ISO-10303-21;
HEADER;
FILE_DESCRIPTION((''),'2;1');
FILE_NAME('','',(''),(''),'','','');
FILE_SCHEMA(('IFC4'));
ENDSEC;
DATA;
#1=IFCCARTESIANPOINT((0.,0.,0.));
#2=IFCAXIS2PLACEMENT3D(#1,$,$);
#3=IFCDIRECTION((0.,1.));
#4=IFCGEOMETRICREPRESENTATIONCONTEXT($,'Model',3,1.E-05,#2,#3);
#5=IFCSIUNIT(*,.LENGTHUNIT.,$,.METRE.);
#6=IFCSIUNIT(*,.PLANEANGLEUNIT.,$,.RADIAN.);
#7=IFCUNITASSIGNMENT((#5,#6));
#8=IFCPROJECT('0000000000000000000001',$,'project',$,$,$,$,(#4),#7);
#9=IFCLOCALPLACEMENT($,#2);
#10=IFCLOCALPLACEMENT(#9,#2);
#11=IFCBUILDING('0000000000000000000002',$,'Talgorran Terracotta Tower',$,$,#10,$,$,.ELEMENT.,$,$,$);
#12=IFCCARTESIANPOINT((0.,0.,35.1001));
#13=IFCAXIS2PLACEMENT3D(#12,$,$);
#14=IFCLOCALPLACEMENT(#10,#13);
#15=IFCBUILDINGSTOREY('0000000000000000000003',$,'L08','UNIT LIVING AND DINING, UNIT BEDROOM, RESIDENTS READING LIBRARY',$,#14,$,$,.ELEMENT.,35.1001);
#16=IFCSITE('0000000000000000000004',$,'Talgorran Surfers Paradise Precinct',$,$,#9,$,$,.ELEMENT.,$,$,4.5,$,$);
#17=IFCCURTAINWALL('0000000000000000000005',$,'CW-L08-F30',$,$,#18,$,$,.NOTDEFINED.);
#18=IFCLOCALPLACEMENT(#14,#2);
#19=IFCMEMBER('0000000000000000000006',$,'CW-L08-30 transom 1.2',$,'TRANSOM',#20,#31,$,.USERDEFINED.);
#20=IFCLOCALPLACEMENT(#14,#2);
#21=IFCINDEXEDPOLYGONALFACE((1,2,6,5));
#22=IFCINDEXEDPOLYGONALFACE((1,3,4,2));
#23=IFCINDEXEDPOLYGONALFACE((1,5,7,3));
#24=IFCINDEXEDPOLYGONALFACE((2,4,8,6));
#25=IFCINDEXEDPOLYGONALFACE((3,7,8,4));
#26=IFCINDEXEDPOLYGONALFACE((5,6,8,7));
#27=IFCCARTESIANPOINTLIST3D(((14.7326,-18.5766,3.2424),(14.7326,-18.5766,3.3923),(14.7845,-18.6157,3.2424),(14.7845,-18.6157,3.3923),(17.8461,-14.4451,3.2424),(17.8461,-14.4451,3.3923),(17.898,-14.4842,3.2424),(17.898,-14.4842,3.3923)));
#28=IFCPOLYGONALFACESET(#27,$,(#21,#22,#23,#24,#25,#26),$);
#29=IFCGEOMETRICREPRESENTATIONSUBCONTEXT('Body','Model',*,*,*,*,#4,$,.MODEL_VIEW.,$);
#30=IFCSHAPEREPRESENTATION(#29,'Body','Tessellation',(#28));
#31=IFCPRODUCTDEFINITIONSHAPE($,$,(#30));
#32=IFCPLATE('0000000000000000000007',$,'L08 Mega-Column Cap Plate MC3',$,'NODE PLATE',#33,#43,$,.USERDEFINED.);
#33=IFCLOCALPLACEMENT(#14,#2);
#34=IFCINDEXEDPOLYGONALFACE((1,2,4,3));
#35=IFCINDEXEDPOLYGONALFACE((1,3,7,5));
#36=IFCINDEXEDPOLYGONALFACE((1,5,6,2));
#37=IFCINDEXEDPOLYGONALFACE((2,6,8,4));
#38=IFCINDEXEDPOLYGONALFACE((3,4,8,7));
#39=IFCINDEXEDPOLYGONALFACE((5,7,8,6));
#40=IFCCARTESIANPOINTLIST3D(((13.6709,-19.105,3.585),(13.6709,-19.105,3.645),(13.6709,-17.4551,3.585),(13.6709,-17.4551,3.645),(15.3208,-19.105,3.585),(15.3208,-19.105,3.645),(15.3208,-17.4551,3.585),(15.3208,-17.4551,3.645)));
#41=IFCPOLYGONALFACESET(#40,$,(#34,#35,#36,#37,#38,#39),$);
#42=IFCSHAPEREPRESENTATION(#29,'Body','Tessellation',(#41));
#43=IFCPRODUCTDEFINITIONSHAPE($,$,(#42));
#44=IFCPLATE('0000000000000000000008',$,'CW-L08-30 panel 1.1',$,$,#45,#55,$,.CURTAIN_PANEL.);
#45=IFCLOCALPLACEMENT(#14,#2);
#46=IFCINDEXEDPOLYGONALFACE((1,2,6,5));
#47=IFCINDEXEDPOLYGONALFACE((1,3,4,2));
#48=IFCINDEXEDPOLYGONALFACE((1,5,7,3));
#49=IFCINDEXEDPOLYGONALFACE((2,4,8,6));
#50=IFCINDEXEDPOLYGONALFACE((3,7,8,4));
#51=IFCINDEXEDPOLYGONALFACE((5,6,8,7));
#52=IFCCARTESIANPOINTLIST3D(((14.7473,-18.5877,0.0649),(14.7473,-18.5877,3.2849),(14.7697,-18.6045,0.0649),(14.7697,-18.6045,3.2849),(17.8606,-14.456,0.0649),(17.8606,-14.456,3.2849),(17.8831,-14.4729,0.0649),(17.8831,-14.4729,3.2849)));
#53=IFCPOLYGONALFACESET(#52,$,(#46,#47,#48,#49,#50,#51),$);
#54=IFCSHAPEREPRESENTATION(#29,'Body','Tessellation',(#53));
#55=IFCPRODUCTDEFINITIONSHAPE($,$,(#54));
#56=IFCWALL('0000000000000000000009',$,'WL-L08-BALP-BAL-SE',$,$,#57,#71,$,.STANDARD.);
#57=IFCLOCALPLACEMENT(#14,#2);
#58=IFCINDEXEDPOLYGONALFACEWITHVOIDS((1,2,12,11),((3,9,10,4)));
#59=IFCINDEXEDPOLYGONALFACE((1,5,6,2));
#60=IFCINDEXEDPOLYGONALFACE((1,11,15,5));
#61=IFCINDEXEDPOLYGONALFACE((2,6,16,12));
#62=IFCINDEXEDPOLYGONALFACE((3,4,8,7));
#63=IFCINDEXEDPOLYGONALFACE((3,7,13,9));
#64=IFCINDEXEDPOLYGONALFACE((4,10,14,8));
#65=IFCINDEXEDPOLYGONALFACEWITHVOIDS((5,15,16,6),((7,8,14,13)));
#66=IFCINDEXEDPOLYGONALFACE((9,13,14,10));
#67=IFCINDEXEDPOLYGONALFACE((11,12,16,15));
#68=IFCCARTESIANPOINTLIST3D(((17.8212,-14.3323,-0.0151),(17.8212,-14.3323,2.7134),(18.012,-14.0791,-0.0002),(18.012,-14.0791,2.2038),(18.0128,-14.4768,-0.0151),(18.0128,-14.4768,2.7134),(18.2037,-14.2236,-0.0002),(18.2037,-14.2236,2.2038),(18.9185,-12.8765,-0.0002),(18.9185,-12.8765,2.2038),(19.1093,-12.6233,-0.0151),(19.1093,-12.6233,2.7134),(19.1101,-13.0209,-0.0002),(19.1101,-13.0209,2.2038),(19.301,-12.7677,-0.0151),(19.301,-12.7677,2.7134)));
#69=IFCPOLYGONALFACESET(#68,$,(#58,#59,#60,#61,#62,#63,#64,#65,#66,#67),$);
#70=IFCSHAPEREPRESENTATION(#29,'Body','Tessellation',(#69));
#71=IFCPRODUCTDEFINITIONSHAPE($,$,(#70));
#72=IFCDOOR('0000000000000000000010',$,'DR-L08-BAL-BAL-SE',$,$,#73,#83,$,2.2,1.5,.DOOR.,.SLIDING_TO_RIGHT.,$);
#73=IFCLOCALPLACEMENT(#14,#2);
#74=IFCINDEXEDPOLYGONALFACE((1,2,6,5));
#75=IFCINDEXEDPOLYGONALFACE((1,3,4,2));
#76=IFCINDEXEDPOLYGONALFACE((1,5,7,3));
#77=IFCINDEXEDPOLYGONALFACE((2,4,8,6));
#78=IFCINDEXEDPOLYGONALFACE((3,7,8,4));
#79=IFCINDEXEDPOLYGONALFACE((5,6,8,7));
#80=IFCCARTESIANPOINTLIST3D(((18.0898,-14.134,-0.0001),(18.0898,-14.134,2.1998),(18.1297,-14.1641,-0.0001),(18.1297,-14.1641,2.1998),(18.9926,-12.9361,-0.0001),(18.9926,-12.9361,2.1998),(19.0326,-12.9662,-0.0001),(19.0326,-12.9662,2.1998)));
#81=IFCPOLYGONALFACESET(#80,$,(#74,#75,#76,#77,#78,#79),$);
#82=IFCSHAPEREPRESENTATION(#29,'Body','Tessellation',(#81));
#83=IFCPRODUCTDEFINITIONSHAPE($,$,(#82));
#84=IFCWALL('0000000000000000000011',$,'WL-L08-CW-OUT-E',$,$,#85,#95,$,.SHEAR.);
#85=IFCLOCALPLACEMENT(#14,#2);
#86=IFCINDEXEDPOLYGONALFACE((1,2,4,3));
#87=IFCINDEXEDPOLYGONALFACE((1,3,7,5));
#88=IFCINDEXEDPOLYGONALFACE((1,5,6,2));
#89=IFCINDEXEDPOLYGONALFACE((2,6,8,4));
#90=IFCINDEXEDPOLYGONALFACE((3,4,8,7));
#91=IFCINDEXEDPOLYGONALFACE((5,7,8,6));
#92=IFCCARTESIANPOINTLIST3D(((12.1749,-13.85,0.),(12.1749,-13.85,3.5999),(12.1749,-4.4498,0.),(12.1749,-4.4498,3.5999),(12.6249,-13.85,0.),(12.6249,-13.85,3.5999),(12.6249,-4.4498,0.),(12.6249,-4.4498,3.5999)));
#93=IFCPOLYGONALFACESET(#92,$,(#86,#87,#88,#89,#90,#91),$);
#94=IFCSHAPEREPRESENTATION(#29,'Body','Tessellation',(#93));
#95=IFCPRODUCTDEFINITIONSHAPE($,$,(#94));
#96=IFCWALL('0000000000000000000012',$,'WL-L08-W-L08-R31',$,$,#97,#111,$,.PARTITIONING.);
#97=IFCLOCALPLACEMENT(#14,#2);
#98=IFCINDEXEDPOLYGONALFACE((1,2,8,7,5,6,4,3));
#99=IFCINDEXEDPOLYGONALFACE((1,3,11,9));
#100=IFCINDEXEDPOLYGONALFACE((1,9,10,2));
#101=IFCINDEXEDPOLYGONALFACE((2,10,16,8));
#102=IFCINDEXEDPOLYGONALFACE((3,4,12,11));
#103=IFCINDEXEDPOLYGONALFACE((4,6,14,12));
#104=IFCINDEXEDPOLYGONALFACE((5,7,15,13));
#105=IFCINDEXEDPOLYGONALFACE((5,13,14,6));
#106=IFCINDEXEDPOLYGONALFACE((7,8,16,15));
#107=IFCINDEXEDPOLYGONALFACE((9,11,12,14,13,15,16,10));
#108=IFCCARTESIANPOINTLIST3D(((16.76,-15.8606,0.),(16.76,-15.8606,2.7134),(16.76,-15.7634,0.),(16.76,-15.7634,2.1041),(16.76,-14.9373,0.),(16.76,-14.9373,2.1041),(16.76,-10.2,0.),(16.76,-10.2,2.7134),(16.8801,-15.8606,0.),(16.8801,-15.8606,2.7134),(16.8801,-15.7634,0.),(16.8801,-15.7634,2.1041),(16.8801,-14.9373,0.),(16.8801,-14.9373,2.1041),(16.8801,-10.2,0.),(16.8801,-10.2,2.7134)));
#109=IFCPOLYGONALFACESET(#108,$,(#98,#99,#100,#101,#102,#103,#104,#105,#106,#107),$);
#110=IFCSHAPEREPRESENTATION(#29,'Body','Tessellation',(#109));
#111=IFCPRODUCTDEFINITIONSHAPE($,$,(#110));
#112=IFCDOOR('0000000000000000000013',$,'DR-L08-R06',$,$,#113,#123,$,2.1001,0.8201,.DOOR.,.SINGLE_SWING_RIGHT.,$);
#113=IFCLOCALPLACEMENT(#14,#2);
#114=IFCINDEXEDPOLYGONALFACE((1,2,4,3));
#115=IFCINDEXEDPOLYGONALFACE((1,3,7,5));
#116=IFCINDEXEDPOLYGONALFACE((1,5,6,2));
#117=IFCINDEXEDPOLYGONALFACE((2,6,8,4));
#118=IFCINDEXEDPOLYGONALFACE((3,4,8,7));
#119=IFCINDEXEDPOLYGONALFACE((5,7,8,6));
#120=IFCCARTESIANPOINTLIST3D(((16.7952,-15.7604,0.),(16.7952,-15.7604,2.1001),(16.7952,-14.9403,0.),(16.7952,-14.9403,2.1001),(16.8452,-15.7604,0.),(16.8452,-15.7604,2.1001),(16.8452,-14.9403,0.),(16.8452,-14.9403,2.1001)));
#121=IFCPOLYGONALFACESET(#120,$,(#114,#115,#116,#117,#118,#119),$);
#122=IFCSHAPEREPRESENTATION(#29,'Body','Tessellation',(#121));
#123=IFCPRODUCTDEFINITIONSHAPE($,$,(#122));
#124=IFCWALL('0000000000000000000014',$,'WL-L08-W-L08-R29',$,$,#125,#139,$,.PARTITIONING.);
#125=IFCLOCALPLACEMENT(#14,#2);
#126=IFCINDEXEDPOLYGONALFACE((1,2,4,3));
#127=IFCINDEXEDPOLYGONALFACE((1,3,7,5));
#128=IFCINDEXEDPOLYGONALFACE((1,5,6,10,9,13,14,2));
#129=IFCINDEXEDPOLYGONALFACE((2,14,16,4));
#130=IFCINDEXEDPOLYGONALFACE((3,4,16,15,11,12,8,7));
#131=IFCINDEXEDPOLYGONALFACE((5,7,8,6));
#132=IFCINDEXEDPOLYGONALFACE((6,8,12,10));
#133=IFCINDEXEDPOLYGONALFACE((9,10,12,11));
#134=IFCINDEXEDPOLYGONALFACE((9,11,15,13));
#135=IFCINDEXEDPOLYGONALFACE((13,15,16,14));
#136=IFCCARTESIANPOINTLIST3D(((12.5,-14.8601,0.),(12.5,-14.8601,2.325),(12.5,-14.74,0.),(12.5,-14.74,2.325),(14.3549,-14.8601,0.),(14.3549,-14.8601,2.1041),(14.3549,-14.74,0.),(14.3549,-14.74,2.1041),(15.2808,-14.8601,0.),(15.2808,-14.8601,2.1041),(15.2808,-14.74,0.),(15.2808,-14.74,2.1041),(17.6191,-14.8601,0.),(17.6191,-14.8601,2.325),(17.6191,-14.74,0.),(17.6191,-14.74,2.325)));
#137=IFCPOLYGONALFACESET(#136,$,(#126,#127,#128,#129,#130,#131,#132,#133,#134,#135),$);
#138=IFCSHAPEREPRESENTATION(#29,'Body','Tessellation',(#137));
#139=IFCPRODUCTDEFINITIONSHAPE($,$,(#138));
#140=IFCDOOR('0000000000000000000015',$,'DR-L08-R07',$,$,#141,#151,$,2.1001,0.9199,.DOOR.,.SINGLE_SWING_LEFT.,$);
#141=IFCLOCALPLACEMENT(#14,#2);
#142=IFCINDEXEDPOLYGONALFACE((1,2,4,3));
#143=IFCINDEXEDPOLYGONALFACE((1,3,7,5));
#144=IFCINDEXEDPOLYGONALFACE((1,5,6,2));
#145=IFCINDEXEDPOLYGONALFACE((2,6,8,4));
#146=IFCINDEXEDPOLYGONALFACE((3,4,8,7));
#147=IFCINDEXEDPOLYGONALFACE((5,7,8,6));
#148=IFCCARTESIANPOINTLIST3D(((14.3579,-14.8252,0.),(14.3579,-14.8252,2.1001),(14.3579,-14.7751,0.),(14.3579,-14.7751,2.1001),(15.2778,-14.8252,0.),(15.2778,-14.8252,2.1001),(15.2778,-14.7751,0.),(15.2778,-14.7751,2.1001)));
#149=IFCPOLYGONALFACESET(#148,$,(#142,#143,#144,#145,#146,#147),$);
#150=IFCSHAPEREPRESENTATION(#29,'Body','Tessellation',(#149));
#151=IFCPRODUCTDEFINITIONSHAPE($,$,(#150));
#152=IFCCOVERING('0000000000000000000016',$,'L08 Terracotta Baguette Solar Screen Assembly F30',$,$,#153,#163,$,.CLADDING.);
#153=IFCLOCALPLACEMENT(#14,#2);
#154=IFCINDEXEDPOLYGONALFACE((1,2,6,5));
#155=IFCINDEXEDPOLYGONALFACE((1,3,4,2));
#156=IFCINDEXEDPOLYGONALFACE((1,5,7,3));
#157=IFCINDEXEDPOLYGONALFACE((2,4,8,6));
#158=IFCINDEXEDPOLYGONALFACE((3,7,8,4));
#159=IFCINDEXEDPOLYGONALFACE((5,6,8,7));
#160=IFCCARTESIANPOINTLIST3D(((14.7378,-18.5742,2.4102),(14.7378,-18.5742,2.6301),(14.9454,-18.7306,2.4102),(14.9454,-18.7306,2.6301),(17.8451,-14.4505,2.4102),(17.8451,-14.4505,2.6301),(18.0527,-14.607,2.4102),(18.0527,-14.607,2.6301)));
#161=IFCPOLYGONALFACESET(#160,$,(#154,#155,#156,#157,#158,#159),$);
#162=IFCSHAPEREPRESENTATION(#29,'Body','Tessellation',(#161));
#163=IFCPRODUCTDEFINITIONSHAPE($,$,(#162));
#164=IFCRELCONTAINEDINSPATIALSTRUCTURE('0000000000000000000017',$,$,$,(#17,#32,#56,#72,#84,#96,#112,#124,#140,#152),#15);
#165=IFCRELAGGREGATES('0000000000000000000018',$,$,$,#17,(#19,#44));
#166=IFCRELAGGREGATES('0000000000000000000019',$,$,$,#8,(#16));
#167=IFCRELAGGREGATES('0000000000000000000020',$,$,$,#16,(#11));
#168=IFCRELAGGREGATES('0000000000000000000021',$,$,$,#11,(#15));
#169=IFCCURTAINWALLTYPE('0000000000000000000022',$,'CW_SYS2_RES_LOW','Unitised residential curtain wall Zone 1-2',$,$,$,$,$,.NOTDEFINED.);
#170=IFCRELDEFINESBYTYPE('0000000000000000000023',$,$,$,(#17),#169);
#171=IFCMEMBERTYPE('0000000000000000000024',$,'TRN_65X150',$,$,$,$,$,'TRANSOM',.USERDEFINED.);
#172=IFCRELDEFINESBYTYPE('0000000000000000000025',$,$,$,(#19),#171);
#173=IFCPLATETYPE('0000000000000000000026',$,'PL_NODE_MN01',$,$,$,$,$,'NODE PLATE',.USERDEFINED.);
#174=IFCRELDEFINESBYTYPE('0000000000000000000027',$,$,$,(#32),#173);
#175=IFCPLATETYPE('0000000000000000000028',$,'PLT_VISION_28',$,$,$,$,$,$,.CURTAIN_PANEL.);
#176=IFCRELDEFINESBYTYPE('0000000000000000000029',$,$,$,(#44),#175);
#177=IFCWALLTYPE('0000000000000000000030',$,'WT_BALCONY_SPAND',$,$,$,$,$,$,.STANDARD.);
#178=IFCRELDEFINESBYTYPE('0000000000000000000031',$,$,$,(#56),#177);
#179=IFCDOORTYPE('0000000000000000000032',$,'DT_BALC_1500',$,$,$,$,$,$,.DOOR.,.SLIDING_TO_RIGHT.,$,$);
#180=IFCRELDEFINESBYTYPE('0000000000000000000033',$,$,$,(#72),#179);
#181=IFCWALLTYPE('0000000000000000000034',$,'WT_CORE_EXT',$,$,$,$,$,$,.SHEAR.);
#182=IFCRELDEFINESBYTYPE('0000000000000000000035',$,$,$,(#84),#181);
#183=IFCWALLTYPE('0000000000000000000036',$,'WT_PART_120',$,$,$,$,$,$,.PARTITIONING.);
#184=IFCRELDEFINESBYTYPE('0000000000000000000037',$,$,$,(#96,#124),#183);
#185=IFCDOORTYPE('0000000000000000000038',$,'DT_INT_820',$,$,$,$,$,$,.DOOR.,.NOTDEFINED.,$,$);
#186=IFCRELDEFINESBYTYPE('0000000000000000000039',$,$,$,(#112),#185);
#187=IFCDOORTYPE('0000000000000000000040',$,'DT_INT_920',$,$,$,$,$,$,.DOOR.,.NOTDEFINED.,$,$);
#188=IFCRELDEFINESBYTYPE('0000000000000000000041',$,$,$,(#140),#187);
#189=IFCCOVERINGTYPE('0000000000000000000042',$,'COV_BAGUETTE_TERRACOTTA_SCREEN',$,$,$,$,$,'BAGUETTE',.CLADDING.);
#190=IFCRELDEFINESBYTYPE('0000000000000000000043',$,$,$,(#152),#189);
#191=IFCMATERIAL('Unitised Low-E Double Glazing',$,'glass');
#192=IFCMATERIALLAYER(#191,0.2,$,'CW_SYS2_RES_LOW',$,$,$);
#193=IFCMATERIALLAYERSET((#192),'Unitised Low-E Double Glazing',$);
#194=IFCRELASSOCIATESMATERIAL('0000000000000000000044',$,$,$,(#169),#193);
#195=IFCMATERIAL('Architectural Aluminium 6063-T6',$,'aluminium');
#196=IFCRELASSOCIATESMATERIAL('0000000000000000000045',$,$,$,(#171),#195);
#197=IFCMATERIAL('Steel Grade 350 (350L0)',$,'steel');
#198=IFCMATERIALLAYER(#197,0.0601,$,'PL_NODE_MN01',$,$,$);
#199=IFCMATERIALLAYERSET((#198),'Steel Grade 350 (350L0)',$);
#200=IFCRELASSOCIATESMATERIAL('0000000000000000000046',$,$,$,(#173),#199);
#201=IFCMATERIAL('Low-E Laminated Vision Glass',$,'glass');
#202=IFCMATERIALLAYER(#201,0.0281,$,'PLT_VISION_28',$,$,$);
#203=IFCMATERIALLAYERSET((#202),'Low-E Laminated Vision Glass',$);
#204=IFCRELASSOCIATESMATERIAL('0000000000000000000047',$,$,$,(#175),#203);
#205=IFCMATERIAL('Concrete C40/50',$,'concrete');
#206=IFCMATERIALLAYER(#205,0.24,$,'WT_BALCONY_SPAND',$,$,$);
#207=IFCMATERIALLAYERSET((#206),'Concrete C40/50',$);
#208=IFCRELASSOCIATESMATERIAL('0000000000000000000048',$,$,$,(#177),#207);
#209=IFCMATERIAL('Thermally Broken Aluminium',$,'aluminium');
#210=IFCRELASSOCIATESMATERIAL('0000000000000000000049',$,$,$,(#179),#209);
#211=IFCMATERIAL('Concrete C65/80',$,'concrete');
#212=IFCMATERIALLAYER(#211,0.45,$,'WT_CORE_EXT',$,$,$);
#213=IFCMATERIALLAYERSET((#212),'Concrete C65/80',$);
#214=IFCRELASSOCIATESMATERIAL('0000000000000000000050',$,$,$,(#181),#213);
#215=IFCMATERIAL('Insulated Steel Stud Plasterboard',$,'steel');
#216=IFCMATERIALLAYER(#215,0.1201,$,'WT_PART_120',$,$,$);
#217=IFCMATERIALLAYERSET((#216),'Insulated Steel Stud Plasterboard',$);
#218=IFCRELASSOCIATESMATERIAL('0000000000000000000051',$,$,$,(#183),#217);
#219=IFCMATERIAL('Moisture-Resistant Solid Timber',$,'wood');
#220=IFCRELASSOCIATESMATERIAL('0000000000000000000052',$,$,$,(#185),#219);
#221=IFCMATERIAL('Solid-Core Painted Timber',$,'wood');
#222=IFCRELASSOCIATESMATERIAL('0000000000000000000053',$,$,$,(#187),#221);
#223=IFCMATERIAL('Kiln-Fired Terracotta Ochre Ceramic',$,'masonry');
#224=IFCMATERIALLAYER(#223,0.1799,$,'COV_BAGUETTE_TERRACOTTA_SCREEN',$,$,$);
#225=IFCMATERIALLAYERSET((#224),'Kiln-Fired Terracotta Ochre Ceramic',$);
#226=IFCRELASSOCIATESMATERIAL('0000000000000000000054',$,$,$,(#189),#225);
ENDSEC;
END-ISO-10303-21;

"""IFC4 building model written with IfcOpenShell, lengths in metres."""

from ifc_helpers import new_model, si_unit, direction, frame, frame_2d, origin, origin_2d, place, context, subcontext, project, spatial, rectangle, extrude, source, transform, mapped, material, layer, layer_set, material_profile, profile_set, type_object, type_shapes, element, fill, aggregate, save


model = new_model("IFC4")

# Units and contexts
model_context = context("Model", 3, precision=1e-05, world=origin(), true_north=direction((0.0, 1.0)))
body_context = subcontext(model_context, "Body", "Model", "MODEL_VIEW")
ifc_project = project(units=[si_unit("LENGTHUNIT", "METRE"), si_unit("PLANEANGLEUNIT", "RADIAN")], contexts=[model_context])

# Site, building, storey
site_placement = place(None, origin())
site = spatial("IfcSite", under=ifc_project, at=site_placement, Name="Talgorran Surfers Paradise Precinct", CompositionType="ELEMENT", RefElevation=4.5)
building_placement = place(site_placement, origin())
building = spatial("IfcBuilding", under=site, at=building_placement, Name="Talgorran Terracotta Tower", CompositionType="ELEMENT")
storey_placement = place(building_placement, frame((0.0, 0.0, 35.1001)))
storey = spatial("IfcBuildingStorey", under=building, at=storey_placement, Name="L08", Description="UNIT LIVING AND DINING, UNIT BEDROOM, RESIDENTS READING LIBRARY", CompositionType="ELEMENT", Elevation=35.1001)

# Shared definitions
ifc_material_1 = material(Name="Steel Grade 350 (350L0)", Category="steel")

# Shared definitions
ifc_material_2 = material(Name="Unitised Low-E Double Glazing", Category="glass")
ifc_layer_1 = layer(ifc_material_2, 0.2, Name="CW_SYS2_RES_LOW")
ifc_layer_set_1 = layer_set([ifc_layer_1], Name="Unitised Low-E Double Glazing")
curtain_wall_type = type_object("IfcCurtainWallType", Name="CW_SYS2_RES_LOW", Description="Unitised residential curtain wall Zone 1-2", PredefinedType="NOTDEFINED", material=ifc_layer_set_1)
ifc_material_3 = material(Name="Architectural Aluminium 6063-T6", Category="aluminium")

# Curtain wall, member
curtain_wall_1_placement = place(storey_placement, origin())
curtain_wall_1 = element("IfcCurtainWall", 1, at=curtain_wall_1_placement, inside=storey, type_object=curtain_wall_type, Name="CW-L08-F30", PredefinedType="NOTDEFINED")
ifc_material_profile_1 = material_profile(ifc_material_3, rectangle(XDim=0.0649, YDim=0.1499, at=origin_2d()), Name="CWT65X150")
ifc_profile_set_1 = profile_set([ifc_material_profile_1], Name="Architectural Aluminium 6063-T6")
member_type_1 = type_object("IfcMemberType", Name="TRN_65X150", ElementType="TRANSOM", PredefinedType="USERDEFINED", material=ifc_profile_set_1)
member_1_placement = place(storey_placement, frame((14.7585, -18.5962, 3.3174), z_axis=(0.601833, 0.798622, 0.0), x_axis=(-0.798622, 0.601833, 0.0)))
member_1 = element("IfcMember", 2, at=member_1_placement, type_object=member_type_1, Name="CW-L08-30 transom 1.2", ObjectType="TRANSOM", PredefinedType="USERDEFINED", context=body_context, shape_type="SweptSolid", body=[
    extrude(rectangle(XDim=0.0649, YDim=0.1499, at=origin_2d()), origin(), (0.0, 0.0, 1.0), 5.1733),
])

# Plates
ifc_layer_2 = layer(ifc_material_1, 0.0601, Name="PL_NODE_MN01")
ifc_layer_set_2 = layer_set([ifc_layer_2], Name="Steel Grade 350 (350L0)")
plate_type_1 = type_object("IfcPlateType", Name="PL_NODE_MN01", ElementType="NODE PLATE", PredefinedType="USERDEFINED", material=ifc_layer_set_2)
plate_1_placement = place(storey_placement, frame((14.4958, -18.28, 3.585), z_axis=(0.0, 0.0, 1.0), x_axis=(1.0, 0.0, 0.0)))
element("IfcPlate", 3, at=plate_1_placement, inside=storey, type_object=plate_type_1, Name="L08 Mega-Column Cap Plate MC3", ObjectType="NODE PLATE", PredefinedType="USERDEFINED", context=body_context, shape_type="SweptSolid", body=[
    extrude(rectangle(XDim=1.6499, YDim=1.6499, at=origin_2d()), origin(), (0.0, 0.0, 1.0), 0.0601),
])
ifc_material_4 = material(Name="Low-E Laminated Vision Glass", Category="glass")
ifc_layer_3 = layer(ifc_material_4, 0.0281, Name="PLT_VISION_28")
ifc_layer_set_3 = layer_set([ifc_layer_3], Name="Low-E Laminated Vision Glass")
plate_type_2 = type_object("IfcPlateType", Name="PLT_VISION_28", PredefinedType="CURTAIN_PANEL", material=ifc_layer_set_3)
shared_shape = source(origin(), body_context, "Body", "SweptSolid", [
    extrude(rectangle(XDim=5.1733, YDim=0.0281, at=origin_2d()), origin(), (0.0, 0.0, 1.0), 3.22),
])
type_shapes(plate_type_2, [shared_shape])
plate_2_placement = place(storey_placement, frame((16.3152, -16.5303, 0.0649), z_axis=(0.0, 0.0, 1.0), x_axis=(0.601806, 0.798643, 0.0)))
plate_2 = element("IfcPlate", 4, at=plate_2_placement, type_object=plate_type_2, Name="CW-L08-30 panel 1.1", PredefinedType="CURTAIN_PANEL", context=body_context, shape_type="MappedRepresentation", body=[
    mapped(shared_shape, transform((0.0, 0.0, 0.0), scale=1.0)),
])
aggregate(curtain_wall_1, [member_1, plate_2])

# Wall, opening, door
ifc_material_5 = material(Name="Concrete C40/50", Category="concrete")
ifc_layer_4 = layer(ifc_material_5, 0.24, Name="WT_BALCONY_SPAND")
ifc_layer_set_4 = layer_set([ifc_layer_4], Name="Concrete C40/50")
wall_type_1 = type_object("IfcWallType", Name="WT_BALCONY_SPAND", PredefinedType="STANDARD", material=ifc_layer_set_4)
wall_1_placement = place(storey_placement, frame((17.917, -14.4045, -0.0151), z_axis=(0.0, 0.0, 1.0), x_axis=(0.601897, 0.798574, 0.0)))
wall_1 = element("IfcWall", 5, at=wall_1_placement, inside=storey, type_object=wall_type_1, Name="WL-L08-BALP-BAL-SE", PredefinedType="STANDARD", context=body_context, shape_type="SweptSolid", body=[
    extrude(rectangle(XDim=2.1401, YDim=0.24, at=frame_2d((1.0701, 0.0))), origin(), (0.0, 0.0, 1.0), 2.7285),
])
opening_1_placement = place(wall_1_placement, frame((0.3201, 0.0, 0.0149)))
opening_1 = element("IfcOpeningElement", 6, at=opening_1_placement, cuts=wall_1, PredefinedType="OPENING", context=body_context, shape_type="SweptSolid", body=[
    extrude(rectangle(XDim=1.506, YDim=2.204, at=frame_2d((0.75, 1.1021))), frame((0.0, 0.1299, 0.0), z_axis=(0.0, -1.0, 0.0), x_axis=(1.0, 0.0, 0.0)), (0.0, 0.0, 1.0), 0.26),
])
ifc_material_6 = material(Name="Thermally Broken Aluminium", Category="aluminium")
door_type_1 = type_object("IfcDoorType", Name="DT_BALC_1500", OperationType="SLIDING_TO_RIGHT", PredefinedType="DOOR", material=ifc_material_6)
door_1_placement = place(opening_1_placement, origin())
door_1 = element("IfcDoor", 7, at=door_1_placement, inside=storey, type_object=door_type_1, Name="DR-L08-BAL-BAL-SE", OperationType="SLIDING_TO_RIGHT", OverallHeight=2.2, OverallWidth=1.5, PredefinedType="DOOR", context=body_context, shape_type="SweptSolid", body=[
    extrude(rectangle(XDim=1.5, YDim=2.2, at=frame_2d((0.75, 1.1001))), frame((0.0, 0.0249, 0.0), z_axis=(0.0, -1.0, 0.0), x_axis=(1.0, 0.0, 0.0)), (0.0, 0.0, 1.0), 0.05),
])
fill(opening_1, door_1)

# Wall
ifc_material_7 = material(Name="Concrete C65/80", Category="concrete")
ifc_layer_5 = layer(ifc_material_7, 0.45, Name="WT_CORE_EXT")
ifc_layer_set_5 = layer_set([ifc_layer_5], Name="Concrete C65/80")
wall_type_2 = type_object("IfcWallType", Name="WT_CORE_EXT", PredefinedType="SHEAR", material=ifc_layer_set_5)
wall_2_placement = place(storey_placement, frame((12.3999, -13.8501, 0.0), z_axis=(0.0, 0.0, 1.0), x_axis=(0.0, 1.0, 0.0)))
element("IfcWall", 8, at=wall_2_placement, inside=storey, type_object=wall_type_2, Name="WL-L08-CW-OUT-E", PredefinedType="SHEAR", context=body_context, shape_type="SweptSolid", body=[
    extrude(rectangle(XDim=9.4001, YDim=0.45, at=frame_2d((4.7002, 0.0))), origin(), (0.0, 0.0, 1.0), 3.5999),
])

# Walls, openings, doors
ifc_material_8 = material(Name="Insulated Steel Stud Plasterboard", Category="steel")
ifc_layer_6 = layer(ifc_material_8, 0.1201, Name="WT_PART_120")
ifc_layer_set_6 = layer_set([ifc_layer_6], Name="Insulated Steel Stud Plasterboard")
wall_type_3 = type_object("IfcWallType", Name="WT_PART_120", PredefinedType="PARTITIONING", material=ifc_layer_set_6)
wall_3_placement = place(storey_placement, frame((16.8201, -15.8606, 0.0), z_axis=(0.0, 0.0, 1.0), x_axis=(0.0, 1.0, 0.0)))
wall_3 = element("IfcWall", 9, at=wall_3_placement, inside=storey, type_object=wall_type_3, Name="WL-L08-W-L08-R31", PredefinedType="PARTITIONING", context=body_context, shape_type="SweptSolid", body=[
    extrude(rectangle(XDim=5.6606, YDim=0.1201, at=frame_2d((2.8303, 0.0))), origin(), (0.0, 0.0, 1.0), 2.7134),
])
opening_2_placement = place(wall_3_placement, frame((0.1001, 0.0, 0.0)))
opening_2 = element("IfcOpeningElement", 10, at=opening_2_placement, cuts=wall_3, PredefinedType="OPENING", context=body_context, shape_type="SweptSolid", body=[
    extrude(rectangle(XDim=0.8261, YDim=2.1041, at=frame_2d((0.4102, 1.052))), frame((0.0, 0.0701, 0.0), z_axis=(0.0, -1.0, 0.0), x_axis=(1.0, 0.0, 0.0)), (0.0, 0.0, 1.0), 0.1401),
])
ifc_material_9 = material(Name="Moisture-Resistant Solid Timber", Category="wood")
door_type_2 = type_object("IfcDoorType", Name="DT_INT_820", OperationType="NOTDEFINED", PredefinedType="DOOR", material=ifc_material_9)
door_2_placement = place(opening_2_placement, origin())
door_2 = element("IfcDoor", 11, at=door_2_placement, inside=storey, type_object=door_type_2, Name="DR-L08-R06", OperationType="SINGLE_SWING_RIGHT", OverallHeight=2.1001, OverallWidth=0.8201, PredefinedType="DOOR", context=body_context, shape_type="SweptSolid", body=[
    extrude(rectangle(XDim=0.8201, YDim=2.1001, at=frame_2d((0.4102, 1.05))), frame((0.0, 0.0249, 0.0), z_axis=(0.0, -1.0, 0.0), x_axis=(1.0, 0.0, 0.0)), (0.0, 0.0, 1.0), 0.05),
])
fill(opening_2, door_2)
wall_4_placement = place(storey_placement, frame((12.5, -14.8, 0.0), z_axis=(0.0, 0.0, 1.0), x_axis=(1.0, 0.0, 0.0)))
wall_4 = element("IfcWall", 12, at=wall_4_placement, inside=storey, type_object=wall_type_3, Name="WL-L08-W-L08-R29", PredefinedType="PARTITIONING", context=body_context, shape_type="SweptSolid", body=[
    extrude(rectangle(XDim=5.1191, YDim=0.1201, at=frame_2d((2.5596, 0.0))), origin(), (0.0, 0.0, 1.0), 2.325),
])
opening_3_placement = place(wall_4_placement, frame((1.8579, 0.0, 0.0)))
opening_3 = element("IfcOpeningElement", 13, at=opening_3_placement, cuts=wall_4, PredefinedType="OPENING", context=body_context, shape_type="SweptSolid", body=[
    extrude(rectangle(XDim=0.9259, YDim=2.1041, at=frame_2d((0.46, 1.052))), frame((0.0, 0.0701, 0.0), z_axis=(0.0, -1.0, 0.0), x_axis=(1.0, 0.0, 0.0)), (0.0, 0.0, 1.0), 0.1401),
])
ifc_material_10 = material(Name="Solid-Core Painted Timber", Category="wood")
door_type_3 = type_object("IfcDoorType", Name="DT_INT_920", OperationType="NOTDEFINED", PredefinedType="DOOR", material=ifc_material_10)
door_3_placement = place(opening_3_placement, origin())
door_3 = element("IfcDoor", 14, at=door_3_placement, inside=storey, type_object=door_type_3, Name="DR-L08-R07", OperationType="SINGLE_SWING_LEFT", OverallHeight=2.1001, OverallWidth=0.9199, PredefinedType="DOOR", context=body_context, shape_type="SweptSolid", body=[
    extrude(rectangle(XDim=0.9199, YDim=2.1001, at=frame_2d((0.46, 1.05))), frame((0.0, 0.0249, 0.0), z_axis=(0.0, -1.0, 0.0), x_axis=(1.0, 0.0, 0.0)), (0.0, 0.0, 1.0), 0.05),
])
fill(opening_3, door_3)

# Covering
ifc_material_11 = material(Name="Kiln-Fired Terracotta Ochre Ceramic", Category="masonry")
ifc_layer_7 = layer(ifc_material_11, 0.1799, Name="COV_BAGUETTE_TERRACOTTA_SCREEN")
ifc_layer_set_7 = layer_set([ifc_layer_7], Name="Kiln-Fired Terracotta Ochre Ceramic")
covering_type_1 = type_object("IfcCoveringType", Name="COV_BAGUETTE_TERRACOTTA_SCREEN", ElementType="BAGUETTE", PredefinedType="CLADDING", material=ifc_layer_set_7)
covering_1_placement = place(storey_placement, frame((16.3953, -16.5906, 2.4102), z_axis=(0.0, 0.0, 1.0), x_axis=(0.601801, 0.798646, 0.0)))
element("IfcCovering", 15, at=covering_1_placement, inside=storey, type_object=covering_type_1, Name="L08 Terracotta Baguette Solar Screen Assembly F30", PredefinedType="CLADDING", context=body_context, shape_type="SweptSolid", body=[
    extrude(rectangle(XDim=5.1633, YDim=0.26, at=origin_2d()), origin(), (0.0, 0.0, 1.0), 0.22),
])

save(model, "model.ifc")
